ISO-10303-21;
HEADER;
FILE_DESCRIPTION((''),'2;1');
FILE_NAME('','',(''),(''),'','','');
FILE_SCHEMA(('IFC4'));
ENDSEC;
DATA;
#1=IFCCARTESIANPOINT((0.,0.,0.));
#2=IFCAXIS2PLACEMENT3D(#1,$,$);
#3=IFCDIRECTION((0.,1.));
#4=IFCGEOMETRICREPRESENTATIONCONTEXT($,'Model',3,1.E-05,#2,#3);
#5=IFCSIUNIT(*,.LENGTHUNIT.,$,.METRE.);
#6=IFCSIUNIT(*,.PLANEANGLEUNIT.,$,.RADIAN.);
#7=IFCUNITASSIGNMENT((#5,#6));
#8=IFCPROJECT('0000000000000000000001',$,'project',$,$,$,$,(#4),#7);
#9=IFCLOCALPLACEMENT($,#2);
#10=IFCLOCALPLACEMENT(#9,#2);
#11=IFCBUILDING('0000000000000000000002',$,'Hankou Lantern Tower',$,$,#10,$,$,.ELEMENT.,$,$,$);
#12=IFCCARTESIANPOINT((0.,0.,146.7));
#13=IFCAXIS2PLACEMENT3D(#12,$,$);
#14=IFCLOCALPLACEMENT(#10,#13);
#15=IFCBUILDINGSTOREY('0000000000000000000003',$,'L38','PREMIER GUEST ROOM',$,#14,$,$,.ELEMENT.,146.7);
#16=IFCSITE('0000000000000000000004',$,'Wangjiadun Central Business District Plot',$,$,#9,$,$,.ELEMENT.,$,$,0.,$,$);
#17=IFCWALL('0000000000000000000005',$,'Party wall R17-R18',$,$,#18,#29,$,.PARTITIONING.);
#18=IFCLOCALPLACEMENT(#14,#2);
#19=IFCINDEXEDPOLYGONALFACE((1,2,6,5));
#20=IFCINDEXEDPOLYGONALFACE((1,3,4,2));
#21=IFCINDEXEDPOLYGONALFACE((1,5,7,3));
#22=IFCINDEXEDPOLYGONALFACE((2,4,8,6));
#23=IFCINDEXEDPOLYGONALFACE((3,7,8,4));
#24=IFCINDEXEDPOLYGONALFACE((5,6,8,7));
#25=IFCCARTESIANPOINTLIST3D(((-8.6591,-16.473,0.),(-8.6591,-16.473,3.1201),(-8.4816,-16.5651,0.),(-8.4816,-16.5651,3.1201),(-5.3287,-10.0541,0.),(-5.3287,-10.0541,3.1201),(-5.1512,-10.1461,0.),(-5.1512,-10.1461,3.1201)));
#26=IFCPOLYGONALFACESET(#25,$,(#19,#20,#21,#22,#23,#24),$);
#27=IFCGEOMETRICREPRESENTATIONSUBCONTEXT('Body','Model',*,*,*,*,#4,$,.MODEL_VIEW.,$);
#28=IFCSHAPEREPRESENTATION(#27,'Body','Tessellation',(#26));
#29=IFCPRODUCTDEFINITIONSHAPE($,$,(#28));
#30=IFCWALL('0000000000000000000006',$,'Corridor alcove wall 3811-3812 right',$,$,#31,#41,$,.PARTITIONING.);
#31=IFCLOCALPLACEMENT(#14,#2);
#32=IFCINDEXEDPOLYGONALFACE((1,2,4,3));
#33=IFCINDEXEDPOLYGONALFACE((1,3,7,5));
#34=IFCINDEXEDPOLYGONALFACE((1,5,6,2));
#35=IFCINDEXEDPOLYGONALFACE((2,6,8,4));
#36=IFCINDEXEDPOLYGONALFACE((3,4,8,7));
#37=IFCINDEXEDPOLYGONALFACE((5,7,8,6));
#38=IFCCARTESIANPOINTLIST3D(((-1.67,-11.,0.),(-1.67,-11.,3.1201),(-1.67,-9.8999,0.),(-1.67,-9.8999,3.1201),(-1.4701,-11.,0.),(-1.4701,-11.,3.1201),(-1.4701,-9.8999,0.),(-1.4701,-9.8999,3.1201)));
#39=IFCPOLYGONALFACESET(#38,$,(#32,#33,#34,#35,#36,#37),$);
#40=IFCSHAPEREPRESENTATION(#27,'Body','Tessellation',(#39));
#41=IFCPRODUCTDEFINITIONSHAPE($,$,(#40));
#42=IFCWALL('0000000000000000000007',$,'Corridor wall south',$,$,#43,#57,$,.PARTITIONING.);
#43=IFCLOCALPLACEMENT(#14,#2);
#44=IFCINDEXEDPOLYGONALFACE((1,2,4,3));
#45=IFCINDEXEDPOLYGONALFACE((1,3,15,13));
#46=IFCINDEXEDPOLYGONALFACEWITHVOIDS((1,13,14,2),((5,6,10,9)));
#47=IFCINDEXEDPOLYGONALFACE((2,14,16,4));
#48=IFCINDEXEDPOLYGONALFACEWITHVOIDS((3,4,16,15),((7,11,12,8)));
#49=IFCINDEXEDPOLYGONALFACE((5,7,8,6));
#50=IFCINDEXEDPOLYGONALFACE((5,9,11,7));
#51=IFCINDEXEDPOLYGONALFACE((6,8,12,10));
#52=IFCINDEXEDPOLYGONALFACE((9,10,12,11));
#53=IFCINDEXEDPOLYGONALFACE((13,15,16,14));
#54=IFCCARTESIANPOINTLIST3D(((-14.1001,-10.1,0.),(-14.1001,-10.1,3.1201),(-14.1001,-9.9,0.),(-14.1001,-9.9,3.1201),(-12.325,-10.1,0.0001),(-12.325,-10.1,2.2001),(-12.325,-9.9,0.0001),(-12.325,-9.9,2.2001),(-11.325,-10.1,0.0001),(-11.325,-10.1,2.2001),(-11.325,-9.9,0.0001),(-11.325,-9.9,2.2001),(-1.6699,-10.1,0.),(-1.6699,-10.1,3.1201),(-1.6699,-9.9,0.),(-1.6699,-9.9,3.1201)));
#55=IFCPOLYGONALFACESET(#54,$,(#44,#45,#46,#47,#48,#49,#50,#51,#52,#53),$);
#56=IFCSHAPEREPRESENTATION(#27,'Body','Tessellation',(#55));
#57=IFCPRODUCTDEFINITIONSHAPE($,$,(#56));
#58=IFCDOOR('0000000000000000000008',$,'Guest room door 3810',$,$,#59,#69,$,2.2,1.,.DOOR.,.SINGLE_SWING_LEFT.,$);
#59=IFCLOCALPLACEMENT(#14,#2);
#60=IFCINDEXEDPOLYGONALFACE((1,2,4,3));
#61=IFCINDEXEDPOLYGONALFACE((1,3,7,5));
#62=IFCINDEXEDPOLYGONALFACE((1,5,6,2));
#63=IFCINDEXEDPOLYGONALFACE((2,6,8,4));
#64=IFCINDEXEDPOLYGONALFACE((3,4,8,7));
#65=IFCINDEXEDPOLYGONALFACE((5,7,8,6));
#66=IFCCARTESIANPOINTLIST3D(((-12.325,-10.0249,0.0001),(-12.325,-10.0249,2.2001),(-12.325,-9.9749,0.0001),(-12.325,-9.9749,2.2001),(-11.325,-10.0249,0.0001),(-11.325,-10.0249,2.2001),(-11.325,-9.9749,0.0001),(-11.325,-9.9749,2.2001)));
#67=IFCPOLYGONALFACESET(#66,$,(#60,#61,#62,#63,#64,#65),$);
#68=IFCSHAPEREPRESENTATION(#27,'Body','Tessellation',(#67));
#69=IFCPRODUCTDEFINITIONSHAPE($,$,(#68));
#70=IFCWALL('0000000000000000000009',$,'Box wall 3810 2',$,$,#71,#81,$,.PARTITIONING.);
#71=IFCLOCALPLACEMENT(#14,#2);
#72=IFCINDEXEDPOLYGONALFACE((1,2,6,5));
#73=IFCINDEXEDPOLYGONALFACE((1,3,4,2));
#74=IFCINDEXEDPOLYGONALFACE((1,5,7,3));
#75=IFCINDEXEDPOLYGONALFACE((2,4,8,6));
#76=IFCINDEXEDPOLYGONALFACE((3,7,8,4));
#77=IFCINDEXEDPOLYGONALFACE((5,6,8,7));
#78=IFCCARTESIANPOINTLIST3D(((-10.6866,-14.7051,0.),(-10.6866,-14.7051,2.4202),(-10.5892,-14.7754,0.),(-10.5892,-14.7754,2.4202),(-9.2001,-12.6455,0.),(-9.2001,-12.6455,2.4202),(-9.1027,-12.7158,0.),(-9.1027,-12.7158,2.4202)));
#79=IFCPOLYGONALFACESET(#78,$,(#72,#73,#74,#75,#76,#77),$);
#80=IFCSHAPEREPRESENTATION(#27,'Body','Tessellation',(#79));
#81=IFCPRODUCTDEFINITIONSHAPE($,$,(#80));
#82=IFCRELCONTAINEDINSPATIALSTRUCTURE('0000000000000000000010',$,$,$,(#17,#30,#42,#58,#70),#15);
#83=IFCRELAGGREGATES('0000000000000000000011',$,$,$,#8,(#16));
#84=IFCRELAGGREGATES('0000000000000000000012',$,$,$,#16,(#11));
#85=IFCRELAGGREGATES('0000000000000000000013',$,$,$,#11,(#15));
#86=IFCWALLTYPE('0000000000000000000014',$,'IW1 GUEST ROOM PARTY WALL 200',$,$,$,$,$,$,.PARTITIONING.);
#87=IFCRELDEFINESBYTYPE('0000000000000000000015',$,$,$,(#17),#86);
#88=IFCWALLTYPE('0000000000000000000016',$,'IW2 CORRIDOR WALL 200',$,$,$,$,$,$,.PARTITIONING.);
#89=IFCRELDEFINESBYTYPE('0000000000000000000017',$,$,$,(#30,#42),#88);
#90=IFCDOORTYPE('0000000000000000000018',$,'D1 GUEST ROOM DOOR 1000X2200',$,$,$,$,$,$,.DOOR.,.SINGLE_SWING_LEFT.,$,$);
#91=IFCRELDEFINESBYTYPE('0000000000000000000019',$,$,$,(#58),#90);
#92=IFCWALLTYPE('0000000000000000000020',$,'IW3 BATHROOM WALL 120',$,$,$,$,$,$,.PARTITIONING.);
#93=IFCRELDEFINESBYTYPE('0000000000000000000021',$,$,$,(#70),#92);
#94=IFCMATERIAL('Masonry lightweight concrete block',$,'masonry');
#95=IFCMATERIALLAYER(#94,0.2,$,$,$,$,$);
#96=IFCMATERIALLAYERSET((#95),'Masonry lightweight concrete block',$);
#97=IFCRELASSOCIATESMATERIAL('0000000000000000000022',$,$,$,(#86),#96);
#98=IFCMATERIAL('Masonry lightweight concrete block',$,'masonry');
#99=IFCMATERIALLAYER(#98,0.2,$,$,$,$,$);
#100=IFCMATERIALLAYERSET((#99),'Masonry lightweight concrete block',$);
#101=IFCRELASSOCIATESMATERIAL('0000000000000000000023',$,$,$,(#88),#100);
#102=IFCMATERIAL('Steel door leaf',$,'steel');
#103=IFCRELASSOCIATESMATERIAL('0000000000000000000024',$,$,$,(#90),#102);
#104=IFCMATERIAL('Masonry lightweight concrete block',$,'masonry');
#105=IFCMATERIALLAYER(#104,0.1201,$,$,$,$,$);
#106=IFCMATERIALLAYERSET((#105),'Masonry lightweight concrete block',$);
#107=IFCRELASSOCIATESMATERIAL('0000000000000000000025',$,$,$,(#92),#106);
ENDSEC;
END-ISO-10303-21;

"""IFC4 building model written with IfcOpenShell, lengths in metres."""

from ifc_helpers import new_model, si_unit, direction, frame, frame_2d, origin, place, context, subcontext, project, spatial, rectangle, extrude, material, layer, layer_set, type_object, element, fill, save


model = new_model("IFC4")

# Units and contexts
model_context = context("Model", 3, precision=1e-05, world=origin(), true_north=direction((0.0, 1.0)))
body_context = subcontext(model_context, "Body", "Model", "MODEL_VIEW")
ifc_project = project(units=[si_unit("LENGTHUNIT", "METRE"), si_unit("PLANEANGLEUNIT", "RADIAN")], contexts=[model_context])

# Site, building, storey
site_placement = place(None, origin())
site = spatial("IfcSite", under=ifc_project, at=site_placement, Name="Wangjiadun Central Business District Plot", CompositionType="ELEMENT", RefElevation=0.0)
building_placement = place(site_placement, origin())
building = spatial("IfcBuilding", under=site, at=building_placement, Name="Hankou Lantern Tower", CompositionType="ELEMENT")
storey_placement = place(building_placement, frame((0.0, 0.0, 146.7)))
storey = spatial("IfcBuildingStorey", under=building, at=storey_placement, Name="L38", Description="PREMIER GUEST ROOM", CompositionType="ELEMENT", Elevation=146.7)

# Walls
ifc_material_1 = material(Name="Masonry lightweight concrete block", Category="masonry")
ifc_layer_1 = layer(ifc_material_1, 0.2)
ifc_layer_set_1 = layer_set([ifc_layer_1], Name="Masonry lightweight concrete block")
wall_type_1 = type_object("IfcWallType", Name="IW1 GUEST ROOM PARTY WALL 200", PredefinedType="PARTITIONING", material=ifc_layer_set_1)
wall_1_placement = place(storey_placement, frame((-5.24, -10.1001, 0.0), z_axis=(0.0, 0.0, 1.0), x_axis=(-0.460533, -0.887643, 0.0)))
element("IfcWall", 1, at=wall_1_placement, inside=storey, type_object=wall_type_1, Name="Party wall R17-R18", PredefinedType="PARTITIONING", context=body_context, shape_type="SweptSolid", body=[
    extrude(rectangle(XDim=7.2314, YDim=0.2, at=frame_2d((3.6157, 0.0))), origin(), (0.0, 0.0, 1.0), 3.1201),
])
ifc_material_2 = material(Name="Masonry lightweight concrete block", Category="masonry")
ifc_layer_2 = layer(ifc_material_2, 0.2)
ifc_layer_set_2 = layer_set([ifc_layer_2], Name="Masonry lightweight concrete block")
wall_type_2 = type_object("IfcWallType", Name="IW2 CORRIDOR WALL 200", PredefinedType="PARTITIONING", material=ifc_layer_set_2)
wall_2_placement = place(storey_placement, frame((-1.5701, -9.8999, 0.0), z_axis=(0.0, 0.0, 1.0), x_axis=(0.0, -1.0, 0.0)))
element("IfcWall", 2, at=wall_2_placement, inside=storey, type_object=wall_type_2, Name="Corridor alcove wall 3811-3812 right", PredefinedType="PARTITIONING", context=body_context, shape_type="SweptSolid", body=[
    extrude(rectangle(XDim=1.1001, YDim=0.2, at=frame_2d((0.55, 0.0))), origin(), (0.0, 0.0, 1.0), 3.1201),
])

# Wall, opening, door
wall_3_placement = place(storey_placement, frame((-1.6699, -10.0, 0.0), z_axis=(0.0, 0.0, 1.0), x_axis=(-1.0, 0.0, 0.0)))
wall_3 = element("IfcWall", 3, at=wall_3_placement, inside=storey, type_object=wall_type_2, Name="Corridor wall south", PredefinedType="PARTITIONING", context=body_context, shape_type="SweptSolid", body=[
    extrude(rectangle(XDim=12.4302, YDim=0.2, at=frame_2d((6.2151, 0.0))), origin(), (0.0, 0.0, 1.0), 3.1201),
])
opening_placement = place(wall_3_placement, frame((9.655, 0.0, 0.0)))
opening = element("IfcOpeningElement", 4, at=opening_placement, cuts=wall_3, PredefinedType="OPENING", context=body_context, shape_type="SweptSolid", body=[
    extrude(rectangle(XDim=1.0, YDim=2.2, at=frame_2d((0.5, 1.1001))), frame((0.0, 0.1099, 0.0), z_axis=(0.0, -1.0, 0.0), x_axis=(1.0, 0.0, 0.0)), (0.0, 0.0, 1.0), 0.22),
])
ifc_material_3 = material(Name="Steel door leaf", Category="steel")
door_type = type_object("IfcDoorType", Name="D1 GUEST ROOM DOOR 1000X2200", OperationType="SINGLE_SWING_LEFT", PredefinedType="DOOR", material=ifc_material_3)
door_placement = place(opening_placement, origin())
door = element("IfcDoor", 5, at=door_placement, inside=storey, type_object=door_type, Name="Guest room door 3810", OperationType="SINGLE_SWING_LEFT", OverallHeight=2.2, OverallWidth=1.0, PredefinedType="DOOR", context=body_context, shape_type="SweptSolid", body=[
    extrude(rectangle(XDim=1.0, YDim=2.2, at=frame_2d((0.5, 1.1001))), frame((0.0, 0.0249, 0.0), z_axis=(0.0, -1.0, 0.0), x_axis=(1.0, 0.0, 0.0)), (0.0, 0.0, 1.0), 0.05),
])
fill(opening, door)

# Wall
ifc_material_4 = material(Name="Masonry lightweight concrete block", Category="masonry")
ifc_layer_3 = layer(ifc_material_4, 0.1201)
ifc_layer_set_3 = layer_set([ifc_layer_3], Name="Masonry lightweight concrete block")
wall_type_3 = type_object("IfcWallType", Name="IW3 BATHROOM WALL 120", PredefinedType="PARTITIONING", material=ifc_layer_set_3)
wall_4_placement = place(storey_placement, frame((-9.1514, -12.6807, 0.0), z_axis=(0.0, 0.0, 1.0), x_axis=(-0.585259, -0.810846, 0.0)))
element("IfcWall", 6, at=wall_4_placement, inside=storey, type_object=wall_type_3, Name="Box wall 3810 2", PredefinedType="PARTITIONING", context=body_context, shape_type="SweptSolid", body=[
    extrude(rectangle(XDim=2.54, YDim=0.1201, at=frame_2d((1.27, 0.0))), origin(), (0.0, 0.0, 1.0), 2.4202),
])

save(model, "model.ifc")
